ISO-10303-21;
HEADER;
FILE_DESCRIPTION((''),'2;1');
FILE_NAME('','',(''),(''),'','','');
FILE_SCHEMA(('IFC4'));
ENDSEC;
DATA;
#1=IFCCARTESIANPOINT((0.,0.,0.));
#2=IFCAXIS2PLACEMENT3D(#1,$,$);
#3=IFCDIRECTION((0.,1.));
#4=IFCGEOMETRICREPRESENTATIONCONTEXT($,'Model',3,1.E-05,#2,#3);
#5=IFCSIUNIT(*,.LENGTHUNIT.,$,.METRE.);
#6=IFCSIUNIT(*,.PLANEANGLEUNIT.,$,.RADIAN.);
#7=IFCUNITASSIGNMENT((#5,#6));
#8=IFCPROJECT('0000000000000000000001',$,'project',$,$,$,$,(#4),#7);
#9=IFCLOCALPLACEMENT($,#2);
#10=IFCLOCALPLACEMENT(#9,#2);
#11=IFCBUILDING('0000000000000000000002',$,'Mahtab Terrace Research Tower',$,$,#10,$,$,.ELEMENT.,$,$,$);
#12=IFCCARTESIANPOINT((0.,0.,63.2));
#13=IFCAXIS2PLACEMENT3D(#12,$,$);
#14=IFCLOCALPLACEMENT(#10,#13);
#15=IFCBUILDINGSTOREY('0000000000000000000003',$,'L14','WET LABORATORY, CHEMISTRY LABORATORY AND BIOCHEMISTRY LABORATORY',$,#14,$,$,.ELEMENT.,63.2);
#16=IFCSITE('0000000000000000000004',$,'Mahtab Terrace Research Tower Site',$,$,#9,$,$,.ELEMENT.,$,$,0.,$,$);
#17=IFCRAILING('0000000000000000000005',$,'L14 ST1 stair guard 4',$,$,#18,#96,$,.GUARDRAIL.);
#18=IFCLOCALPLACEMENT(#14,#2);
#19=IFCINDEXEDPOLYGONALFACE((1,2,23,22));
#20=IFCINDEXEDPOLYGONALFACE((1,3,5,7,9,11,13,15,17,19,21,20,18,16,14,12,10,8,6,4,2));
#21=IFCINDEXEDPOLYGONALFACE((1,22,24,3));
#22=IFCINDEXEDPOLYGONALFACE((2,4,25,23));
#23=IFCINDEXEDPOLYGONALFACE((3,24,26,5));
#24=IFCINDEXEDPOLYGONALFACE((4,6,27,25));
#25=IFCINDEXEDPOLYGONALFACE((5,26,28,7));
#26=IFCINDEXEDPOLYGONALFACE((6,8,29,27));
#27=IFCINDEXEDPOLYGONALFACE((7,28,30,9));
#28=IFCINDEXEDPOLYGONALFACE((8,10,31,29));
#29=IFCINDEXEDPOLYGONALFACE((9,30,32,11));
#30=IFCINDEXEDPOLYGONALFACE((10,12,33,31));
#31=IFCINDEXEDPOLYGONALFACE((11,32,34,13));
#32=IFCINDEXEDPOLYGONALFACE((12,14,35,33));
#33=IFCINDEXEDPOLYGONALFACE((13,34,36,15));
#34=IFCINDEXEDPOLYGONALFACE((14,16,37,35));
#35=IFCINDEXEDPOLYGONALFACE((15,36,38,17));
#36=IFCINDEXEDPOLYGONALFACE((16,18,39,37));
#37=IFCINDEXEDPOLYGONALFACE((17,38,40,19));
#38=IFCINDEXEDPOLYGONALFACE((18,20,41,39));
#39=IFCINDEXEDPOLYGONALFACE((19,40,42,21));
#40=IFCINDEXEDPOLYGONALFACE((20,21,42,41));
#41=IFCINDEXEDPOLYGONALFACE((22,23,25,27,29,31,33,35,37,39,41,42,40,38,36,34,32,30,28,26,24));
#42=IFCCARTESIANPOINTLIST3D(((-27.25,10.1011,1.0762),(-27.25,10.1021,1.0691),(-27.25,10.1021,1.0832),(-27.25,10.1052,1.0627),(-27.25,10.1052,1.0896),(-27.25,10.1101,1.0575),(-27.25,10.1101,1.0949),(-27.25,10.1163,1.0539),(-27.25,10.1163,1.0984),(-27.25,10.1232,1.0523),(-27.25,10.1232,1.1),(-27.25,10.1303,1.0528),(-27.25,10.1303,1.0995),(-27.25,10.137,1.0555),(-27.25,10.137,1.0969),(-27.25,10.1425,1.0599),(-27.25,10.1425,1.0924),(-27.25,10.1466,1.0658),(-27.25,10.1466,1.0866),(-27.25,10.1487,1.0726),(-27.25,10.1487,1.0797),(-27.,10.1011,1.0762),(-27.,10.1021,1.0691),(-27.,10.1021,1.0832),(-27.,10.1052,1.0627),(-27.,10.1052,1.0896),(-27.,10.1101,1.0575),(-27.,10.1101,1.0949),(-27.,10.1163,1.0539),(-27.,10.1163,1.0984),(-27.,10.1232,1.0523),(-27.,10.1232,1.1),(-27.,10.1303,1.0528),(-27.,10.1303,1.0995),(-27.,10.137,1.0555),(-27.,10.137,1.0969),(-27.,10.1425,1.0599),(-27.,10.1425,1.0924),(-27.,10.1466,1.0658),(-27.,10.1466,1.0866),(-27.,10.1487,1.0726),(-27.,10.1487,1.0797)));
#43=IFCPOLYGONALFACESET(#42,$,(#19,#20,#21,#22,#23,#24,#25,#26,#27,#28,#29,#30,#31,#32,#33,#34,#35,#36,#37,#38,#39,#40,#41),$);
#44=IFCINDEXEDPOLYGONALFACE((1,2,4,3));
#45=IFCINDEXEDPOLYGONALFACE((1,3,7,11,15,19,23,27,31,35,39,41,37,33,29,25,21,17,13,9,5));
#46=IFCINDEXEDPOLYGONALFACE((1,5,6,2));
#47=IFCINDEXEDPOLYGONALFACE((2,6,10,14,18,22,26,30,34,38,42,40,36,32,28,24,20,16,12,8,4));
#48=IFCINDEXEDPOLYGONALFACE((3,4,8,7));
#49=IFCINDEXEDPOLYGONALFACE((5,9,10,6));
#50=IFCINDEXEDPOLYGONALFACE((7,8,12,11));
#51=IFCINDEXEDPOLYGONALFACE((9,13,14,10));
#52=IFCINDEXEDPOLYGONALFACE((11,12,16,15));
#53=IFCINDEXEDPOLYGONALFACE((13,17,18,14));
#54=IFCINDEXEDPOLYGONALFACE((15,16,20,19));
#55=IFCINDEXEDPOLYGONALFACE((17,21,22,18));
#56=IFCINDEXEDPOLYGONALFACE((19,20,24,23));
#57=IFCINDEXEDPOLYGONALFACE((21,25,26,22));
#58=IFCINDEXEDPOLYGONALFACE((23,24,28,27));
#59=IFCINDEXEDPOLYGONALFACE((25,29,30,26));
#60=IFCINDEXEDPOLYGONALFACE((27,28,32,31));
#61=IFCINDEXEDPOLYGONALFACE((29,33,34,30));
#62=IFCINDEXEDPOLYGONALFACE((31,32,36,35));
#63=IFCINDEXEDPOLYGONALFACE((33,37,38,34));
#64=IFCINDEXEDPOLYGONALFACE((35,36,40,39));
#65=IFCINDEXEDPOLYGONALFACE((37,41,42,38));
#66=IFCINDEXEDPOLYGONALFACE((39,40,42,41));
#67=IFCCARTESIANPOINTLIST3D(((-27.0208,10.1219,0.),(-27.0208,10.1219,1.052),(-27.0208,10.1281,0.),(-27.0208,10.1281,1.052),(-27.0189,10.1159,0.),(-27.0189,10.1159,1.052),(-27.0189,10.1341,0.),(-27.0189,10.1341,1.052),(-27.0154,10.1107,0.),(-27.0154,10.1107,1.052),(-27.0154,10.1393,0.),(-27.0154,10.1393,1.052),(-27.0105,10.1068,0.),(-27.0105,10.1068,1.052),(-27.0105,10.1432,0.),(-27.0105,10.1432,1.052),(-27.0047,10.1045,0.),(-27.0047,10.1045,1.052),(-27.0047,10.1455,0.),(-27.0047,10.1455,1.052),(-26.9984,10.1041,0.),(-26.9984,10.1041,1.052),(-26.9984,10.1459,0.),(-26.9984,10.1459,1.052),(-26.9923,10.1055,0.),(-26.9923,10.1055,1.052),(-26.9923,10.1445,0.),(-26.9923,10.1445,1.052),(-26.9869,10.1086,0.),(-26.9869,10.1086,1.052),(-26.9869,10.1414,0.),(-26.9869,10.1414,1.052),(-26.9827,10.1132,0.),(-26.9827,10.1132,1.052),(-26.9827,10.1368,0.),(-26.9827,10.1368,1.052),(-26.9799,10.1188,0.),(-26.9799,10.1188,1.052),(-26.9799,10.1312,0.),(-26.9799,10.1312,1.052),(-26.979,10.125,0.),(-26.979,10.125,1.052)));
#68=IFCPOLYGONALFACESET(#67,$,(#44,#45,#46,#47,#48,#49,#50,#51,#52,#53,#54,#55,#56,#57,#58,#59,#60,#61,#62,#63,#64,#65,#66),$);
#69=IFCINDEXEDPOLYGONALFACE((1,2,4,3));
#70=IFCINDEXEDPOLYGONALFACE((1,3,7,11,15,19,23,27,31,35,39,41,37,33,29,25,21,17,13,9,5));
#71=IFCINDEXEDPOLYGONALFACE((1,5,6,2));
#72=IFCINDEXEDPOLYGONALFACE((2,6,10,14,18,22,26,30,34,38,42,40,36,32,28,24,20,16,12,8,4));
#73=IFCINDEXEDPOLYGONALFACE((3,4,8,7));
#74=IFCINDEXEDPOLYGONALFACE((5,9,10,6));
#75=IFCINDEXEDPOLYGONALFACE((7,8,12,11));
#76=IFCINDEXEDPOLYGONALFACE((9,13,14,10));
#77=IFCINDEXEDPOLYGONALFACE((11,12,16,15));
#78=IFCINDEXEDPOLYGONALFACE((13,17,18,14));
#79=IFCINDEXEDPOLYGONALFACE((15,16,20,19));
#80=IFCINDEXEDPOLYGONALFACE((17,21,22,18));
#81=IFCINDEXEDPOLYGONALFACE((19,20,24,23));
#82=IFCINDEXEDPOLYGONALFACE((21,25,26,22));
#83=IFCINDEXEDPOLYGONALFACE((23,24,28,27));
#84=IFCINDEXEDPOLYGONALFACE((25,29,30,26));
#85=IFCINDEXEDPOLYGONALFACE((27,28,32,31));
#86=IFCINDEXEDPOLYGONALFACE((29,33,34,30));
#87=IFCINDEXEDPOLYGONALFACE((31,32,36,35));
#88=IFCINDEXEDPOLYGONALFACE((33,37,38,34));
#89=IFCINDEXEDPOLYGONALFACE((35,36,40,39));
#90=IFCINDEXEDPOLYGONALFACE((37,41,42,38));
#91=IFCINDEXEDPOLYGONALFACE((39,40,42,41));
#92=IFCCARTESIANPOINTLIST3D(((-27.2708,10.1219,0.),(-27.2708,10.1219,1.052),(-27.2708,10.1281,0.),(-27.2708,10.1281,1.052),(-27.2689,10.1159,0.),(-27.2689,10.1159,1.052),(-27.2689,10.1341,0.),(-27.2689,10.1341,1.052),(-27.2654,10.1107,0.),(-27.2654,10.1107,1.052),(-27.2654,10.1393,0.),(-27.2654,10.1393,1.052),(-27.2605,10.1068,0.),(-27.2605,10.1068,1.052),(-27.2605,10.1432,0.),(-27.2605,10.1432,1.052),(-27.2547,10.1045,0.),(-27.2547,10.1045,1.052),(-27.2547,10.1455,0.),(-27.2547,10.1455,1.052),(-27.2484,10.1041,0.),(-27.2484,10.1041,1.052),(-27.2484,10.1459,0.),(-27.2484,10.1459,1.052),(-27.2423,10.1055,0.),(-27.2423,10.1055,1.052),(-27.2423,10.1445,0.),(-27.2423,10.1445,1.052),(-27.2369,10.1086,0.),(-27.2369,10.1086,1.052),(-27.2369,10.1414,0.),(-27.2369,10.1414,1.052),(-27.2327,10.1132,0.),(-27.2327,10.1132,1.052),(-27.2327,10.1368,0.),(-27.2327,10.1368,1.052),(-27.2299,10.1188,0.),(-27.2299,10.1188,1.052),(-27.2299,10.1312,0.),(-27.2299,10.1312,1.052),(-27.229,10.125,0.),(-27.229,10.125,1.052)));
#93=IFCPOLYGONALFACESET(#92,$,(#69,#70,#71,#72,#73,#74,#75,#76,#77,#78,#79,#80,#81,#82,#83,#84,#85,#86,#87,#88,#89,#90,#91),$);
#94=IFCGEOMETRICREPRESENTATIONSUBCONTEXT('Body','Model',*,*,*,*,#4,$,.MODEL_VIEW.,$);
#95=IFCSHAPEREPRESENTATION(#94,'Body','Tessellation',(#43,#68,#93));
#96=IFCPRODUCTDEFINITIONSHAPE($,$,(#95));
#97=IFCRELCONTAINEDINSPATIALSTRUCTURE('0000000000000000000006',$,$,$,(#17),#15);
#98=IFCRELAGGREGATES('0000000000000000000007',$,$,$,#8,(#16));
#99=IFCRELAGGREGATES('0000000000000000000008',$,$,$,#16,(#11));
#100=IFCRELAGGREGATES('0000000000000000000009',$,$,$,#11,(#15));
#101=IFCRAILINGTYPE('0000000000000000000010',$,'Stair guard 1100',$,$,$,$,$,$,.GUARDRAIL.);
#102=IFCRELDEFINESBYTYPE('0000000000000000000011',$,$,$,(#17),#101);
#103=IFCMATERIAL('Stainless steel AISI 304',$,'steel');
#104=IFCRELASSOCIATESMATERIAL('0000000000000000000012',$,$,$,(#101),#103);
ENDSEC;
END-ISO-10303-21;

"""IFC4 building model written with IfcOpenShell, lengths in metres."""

from ifc_helpers import new_model, si_unit, direction, frame, origin, origin_2d, place, context, subcontext, project, spatial, circle, extrude, material, type_object, element, save


model = new_model("IFC4")

# Units and contexts
model_context = context("Model", 3, precision=1e-05, world=origin(), true_north=direction((0.0, 1.0)))
body_context = subcontext(model_context, "Body", "Model", "MODEL_VIEW")
ifc_project = project(units=[si_unit("LENGTHUNIT", "METRE"), si_unit("PLANEANGLEUNIT", "RADIAN")], contexts=[model_context])

# Site, building, storey
site_placement = place(None, origin())
site = spatial("IfcSite", under=ifc_project, at=site_placement, Name="Mahtab Terrace Research Tower Site", CompositionType="ELEMENT", RefElevation=0.0)
building_placement = place(site_placement, origin())
building = spatial("IfcBuilding", under=site, at=building_placement, Name="Mahtab Terrace Research Tower", CompositionType="ELEMENT")
storey_placement = place(building_placement, frame((0.0, 0.0, 63.2)))
storey = spatial("IfcBuildingStorey", under=building, at=storey_placement, Name="L14", Description="WET LABORATORY, CHEMISTRY LABORATORY AND BIOCHEMISTRY LABORATORY", CompositionType="ELEMENT", Elevation=63.2)

# Railing
ifc_material_1 = material(Name="Stainless steel AISI 304", Category="steel")
railing_type_1 = type_object("IfcRailingType", Name="Stair guard 1100", PredefinedType="GUARDRAIL", material=ifc_material_1)
railing_1_placement = place(storey_placement, frame((-27.0, 10.125, 0.0)))
element("IfcRailing", 1, at=railing_1_placement, inside=storey, type_object=railing_type_1, Name="L14 ST1 stair guard 4", PredefinedType="GUARDRAIL", context=body_context, shape_type="SweptSolid", body=[
    extrude(circle(Radius=0.0239, at=origin_2d()), frame((0.0, 0.0, 1.0762), z_axis=(-1.0, 0.0, 0.0), x_axis=(0.0, -1.0, 0.0)), (0.0, 0.0, 1.0), 0.25),
    extrude(circle(Radius=0.021, at=origin_2d()), origin(), (0.0, 0.0, 1.0), 1.052),
    extrude(circle(Radius=0.021, at=origin_2d()), frame((-0.25, 0.0, 0.0)), (0.0, 0.0, 1.0), 1.052),
])

save(model, "model.ifc")
